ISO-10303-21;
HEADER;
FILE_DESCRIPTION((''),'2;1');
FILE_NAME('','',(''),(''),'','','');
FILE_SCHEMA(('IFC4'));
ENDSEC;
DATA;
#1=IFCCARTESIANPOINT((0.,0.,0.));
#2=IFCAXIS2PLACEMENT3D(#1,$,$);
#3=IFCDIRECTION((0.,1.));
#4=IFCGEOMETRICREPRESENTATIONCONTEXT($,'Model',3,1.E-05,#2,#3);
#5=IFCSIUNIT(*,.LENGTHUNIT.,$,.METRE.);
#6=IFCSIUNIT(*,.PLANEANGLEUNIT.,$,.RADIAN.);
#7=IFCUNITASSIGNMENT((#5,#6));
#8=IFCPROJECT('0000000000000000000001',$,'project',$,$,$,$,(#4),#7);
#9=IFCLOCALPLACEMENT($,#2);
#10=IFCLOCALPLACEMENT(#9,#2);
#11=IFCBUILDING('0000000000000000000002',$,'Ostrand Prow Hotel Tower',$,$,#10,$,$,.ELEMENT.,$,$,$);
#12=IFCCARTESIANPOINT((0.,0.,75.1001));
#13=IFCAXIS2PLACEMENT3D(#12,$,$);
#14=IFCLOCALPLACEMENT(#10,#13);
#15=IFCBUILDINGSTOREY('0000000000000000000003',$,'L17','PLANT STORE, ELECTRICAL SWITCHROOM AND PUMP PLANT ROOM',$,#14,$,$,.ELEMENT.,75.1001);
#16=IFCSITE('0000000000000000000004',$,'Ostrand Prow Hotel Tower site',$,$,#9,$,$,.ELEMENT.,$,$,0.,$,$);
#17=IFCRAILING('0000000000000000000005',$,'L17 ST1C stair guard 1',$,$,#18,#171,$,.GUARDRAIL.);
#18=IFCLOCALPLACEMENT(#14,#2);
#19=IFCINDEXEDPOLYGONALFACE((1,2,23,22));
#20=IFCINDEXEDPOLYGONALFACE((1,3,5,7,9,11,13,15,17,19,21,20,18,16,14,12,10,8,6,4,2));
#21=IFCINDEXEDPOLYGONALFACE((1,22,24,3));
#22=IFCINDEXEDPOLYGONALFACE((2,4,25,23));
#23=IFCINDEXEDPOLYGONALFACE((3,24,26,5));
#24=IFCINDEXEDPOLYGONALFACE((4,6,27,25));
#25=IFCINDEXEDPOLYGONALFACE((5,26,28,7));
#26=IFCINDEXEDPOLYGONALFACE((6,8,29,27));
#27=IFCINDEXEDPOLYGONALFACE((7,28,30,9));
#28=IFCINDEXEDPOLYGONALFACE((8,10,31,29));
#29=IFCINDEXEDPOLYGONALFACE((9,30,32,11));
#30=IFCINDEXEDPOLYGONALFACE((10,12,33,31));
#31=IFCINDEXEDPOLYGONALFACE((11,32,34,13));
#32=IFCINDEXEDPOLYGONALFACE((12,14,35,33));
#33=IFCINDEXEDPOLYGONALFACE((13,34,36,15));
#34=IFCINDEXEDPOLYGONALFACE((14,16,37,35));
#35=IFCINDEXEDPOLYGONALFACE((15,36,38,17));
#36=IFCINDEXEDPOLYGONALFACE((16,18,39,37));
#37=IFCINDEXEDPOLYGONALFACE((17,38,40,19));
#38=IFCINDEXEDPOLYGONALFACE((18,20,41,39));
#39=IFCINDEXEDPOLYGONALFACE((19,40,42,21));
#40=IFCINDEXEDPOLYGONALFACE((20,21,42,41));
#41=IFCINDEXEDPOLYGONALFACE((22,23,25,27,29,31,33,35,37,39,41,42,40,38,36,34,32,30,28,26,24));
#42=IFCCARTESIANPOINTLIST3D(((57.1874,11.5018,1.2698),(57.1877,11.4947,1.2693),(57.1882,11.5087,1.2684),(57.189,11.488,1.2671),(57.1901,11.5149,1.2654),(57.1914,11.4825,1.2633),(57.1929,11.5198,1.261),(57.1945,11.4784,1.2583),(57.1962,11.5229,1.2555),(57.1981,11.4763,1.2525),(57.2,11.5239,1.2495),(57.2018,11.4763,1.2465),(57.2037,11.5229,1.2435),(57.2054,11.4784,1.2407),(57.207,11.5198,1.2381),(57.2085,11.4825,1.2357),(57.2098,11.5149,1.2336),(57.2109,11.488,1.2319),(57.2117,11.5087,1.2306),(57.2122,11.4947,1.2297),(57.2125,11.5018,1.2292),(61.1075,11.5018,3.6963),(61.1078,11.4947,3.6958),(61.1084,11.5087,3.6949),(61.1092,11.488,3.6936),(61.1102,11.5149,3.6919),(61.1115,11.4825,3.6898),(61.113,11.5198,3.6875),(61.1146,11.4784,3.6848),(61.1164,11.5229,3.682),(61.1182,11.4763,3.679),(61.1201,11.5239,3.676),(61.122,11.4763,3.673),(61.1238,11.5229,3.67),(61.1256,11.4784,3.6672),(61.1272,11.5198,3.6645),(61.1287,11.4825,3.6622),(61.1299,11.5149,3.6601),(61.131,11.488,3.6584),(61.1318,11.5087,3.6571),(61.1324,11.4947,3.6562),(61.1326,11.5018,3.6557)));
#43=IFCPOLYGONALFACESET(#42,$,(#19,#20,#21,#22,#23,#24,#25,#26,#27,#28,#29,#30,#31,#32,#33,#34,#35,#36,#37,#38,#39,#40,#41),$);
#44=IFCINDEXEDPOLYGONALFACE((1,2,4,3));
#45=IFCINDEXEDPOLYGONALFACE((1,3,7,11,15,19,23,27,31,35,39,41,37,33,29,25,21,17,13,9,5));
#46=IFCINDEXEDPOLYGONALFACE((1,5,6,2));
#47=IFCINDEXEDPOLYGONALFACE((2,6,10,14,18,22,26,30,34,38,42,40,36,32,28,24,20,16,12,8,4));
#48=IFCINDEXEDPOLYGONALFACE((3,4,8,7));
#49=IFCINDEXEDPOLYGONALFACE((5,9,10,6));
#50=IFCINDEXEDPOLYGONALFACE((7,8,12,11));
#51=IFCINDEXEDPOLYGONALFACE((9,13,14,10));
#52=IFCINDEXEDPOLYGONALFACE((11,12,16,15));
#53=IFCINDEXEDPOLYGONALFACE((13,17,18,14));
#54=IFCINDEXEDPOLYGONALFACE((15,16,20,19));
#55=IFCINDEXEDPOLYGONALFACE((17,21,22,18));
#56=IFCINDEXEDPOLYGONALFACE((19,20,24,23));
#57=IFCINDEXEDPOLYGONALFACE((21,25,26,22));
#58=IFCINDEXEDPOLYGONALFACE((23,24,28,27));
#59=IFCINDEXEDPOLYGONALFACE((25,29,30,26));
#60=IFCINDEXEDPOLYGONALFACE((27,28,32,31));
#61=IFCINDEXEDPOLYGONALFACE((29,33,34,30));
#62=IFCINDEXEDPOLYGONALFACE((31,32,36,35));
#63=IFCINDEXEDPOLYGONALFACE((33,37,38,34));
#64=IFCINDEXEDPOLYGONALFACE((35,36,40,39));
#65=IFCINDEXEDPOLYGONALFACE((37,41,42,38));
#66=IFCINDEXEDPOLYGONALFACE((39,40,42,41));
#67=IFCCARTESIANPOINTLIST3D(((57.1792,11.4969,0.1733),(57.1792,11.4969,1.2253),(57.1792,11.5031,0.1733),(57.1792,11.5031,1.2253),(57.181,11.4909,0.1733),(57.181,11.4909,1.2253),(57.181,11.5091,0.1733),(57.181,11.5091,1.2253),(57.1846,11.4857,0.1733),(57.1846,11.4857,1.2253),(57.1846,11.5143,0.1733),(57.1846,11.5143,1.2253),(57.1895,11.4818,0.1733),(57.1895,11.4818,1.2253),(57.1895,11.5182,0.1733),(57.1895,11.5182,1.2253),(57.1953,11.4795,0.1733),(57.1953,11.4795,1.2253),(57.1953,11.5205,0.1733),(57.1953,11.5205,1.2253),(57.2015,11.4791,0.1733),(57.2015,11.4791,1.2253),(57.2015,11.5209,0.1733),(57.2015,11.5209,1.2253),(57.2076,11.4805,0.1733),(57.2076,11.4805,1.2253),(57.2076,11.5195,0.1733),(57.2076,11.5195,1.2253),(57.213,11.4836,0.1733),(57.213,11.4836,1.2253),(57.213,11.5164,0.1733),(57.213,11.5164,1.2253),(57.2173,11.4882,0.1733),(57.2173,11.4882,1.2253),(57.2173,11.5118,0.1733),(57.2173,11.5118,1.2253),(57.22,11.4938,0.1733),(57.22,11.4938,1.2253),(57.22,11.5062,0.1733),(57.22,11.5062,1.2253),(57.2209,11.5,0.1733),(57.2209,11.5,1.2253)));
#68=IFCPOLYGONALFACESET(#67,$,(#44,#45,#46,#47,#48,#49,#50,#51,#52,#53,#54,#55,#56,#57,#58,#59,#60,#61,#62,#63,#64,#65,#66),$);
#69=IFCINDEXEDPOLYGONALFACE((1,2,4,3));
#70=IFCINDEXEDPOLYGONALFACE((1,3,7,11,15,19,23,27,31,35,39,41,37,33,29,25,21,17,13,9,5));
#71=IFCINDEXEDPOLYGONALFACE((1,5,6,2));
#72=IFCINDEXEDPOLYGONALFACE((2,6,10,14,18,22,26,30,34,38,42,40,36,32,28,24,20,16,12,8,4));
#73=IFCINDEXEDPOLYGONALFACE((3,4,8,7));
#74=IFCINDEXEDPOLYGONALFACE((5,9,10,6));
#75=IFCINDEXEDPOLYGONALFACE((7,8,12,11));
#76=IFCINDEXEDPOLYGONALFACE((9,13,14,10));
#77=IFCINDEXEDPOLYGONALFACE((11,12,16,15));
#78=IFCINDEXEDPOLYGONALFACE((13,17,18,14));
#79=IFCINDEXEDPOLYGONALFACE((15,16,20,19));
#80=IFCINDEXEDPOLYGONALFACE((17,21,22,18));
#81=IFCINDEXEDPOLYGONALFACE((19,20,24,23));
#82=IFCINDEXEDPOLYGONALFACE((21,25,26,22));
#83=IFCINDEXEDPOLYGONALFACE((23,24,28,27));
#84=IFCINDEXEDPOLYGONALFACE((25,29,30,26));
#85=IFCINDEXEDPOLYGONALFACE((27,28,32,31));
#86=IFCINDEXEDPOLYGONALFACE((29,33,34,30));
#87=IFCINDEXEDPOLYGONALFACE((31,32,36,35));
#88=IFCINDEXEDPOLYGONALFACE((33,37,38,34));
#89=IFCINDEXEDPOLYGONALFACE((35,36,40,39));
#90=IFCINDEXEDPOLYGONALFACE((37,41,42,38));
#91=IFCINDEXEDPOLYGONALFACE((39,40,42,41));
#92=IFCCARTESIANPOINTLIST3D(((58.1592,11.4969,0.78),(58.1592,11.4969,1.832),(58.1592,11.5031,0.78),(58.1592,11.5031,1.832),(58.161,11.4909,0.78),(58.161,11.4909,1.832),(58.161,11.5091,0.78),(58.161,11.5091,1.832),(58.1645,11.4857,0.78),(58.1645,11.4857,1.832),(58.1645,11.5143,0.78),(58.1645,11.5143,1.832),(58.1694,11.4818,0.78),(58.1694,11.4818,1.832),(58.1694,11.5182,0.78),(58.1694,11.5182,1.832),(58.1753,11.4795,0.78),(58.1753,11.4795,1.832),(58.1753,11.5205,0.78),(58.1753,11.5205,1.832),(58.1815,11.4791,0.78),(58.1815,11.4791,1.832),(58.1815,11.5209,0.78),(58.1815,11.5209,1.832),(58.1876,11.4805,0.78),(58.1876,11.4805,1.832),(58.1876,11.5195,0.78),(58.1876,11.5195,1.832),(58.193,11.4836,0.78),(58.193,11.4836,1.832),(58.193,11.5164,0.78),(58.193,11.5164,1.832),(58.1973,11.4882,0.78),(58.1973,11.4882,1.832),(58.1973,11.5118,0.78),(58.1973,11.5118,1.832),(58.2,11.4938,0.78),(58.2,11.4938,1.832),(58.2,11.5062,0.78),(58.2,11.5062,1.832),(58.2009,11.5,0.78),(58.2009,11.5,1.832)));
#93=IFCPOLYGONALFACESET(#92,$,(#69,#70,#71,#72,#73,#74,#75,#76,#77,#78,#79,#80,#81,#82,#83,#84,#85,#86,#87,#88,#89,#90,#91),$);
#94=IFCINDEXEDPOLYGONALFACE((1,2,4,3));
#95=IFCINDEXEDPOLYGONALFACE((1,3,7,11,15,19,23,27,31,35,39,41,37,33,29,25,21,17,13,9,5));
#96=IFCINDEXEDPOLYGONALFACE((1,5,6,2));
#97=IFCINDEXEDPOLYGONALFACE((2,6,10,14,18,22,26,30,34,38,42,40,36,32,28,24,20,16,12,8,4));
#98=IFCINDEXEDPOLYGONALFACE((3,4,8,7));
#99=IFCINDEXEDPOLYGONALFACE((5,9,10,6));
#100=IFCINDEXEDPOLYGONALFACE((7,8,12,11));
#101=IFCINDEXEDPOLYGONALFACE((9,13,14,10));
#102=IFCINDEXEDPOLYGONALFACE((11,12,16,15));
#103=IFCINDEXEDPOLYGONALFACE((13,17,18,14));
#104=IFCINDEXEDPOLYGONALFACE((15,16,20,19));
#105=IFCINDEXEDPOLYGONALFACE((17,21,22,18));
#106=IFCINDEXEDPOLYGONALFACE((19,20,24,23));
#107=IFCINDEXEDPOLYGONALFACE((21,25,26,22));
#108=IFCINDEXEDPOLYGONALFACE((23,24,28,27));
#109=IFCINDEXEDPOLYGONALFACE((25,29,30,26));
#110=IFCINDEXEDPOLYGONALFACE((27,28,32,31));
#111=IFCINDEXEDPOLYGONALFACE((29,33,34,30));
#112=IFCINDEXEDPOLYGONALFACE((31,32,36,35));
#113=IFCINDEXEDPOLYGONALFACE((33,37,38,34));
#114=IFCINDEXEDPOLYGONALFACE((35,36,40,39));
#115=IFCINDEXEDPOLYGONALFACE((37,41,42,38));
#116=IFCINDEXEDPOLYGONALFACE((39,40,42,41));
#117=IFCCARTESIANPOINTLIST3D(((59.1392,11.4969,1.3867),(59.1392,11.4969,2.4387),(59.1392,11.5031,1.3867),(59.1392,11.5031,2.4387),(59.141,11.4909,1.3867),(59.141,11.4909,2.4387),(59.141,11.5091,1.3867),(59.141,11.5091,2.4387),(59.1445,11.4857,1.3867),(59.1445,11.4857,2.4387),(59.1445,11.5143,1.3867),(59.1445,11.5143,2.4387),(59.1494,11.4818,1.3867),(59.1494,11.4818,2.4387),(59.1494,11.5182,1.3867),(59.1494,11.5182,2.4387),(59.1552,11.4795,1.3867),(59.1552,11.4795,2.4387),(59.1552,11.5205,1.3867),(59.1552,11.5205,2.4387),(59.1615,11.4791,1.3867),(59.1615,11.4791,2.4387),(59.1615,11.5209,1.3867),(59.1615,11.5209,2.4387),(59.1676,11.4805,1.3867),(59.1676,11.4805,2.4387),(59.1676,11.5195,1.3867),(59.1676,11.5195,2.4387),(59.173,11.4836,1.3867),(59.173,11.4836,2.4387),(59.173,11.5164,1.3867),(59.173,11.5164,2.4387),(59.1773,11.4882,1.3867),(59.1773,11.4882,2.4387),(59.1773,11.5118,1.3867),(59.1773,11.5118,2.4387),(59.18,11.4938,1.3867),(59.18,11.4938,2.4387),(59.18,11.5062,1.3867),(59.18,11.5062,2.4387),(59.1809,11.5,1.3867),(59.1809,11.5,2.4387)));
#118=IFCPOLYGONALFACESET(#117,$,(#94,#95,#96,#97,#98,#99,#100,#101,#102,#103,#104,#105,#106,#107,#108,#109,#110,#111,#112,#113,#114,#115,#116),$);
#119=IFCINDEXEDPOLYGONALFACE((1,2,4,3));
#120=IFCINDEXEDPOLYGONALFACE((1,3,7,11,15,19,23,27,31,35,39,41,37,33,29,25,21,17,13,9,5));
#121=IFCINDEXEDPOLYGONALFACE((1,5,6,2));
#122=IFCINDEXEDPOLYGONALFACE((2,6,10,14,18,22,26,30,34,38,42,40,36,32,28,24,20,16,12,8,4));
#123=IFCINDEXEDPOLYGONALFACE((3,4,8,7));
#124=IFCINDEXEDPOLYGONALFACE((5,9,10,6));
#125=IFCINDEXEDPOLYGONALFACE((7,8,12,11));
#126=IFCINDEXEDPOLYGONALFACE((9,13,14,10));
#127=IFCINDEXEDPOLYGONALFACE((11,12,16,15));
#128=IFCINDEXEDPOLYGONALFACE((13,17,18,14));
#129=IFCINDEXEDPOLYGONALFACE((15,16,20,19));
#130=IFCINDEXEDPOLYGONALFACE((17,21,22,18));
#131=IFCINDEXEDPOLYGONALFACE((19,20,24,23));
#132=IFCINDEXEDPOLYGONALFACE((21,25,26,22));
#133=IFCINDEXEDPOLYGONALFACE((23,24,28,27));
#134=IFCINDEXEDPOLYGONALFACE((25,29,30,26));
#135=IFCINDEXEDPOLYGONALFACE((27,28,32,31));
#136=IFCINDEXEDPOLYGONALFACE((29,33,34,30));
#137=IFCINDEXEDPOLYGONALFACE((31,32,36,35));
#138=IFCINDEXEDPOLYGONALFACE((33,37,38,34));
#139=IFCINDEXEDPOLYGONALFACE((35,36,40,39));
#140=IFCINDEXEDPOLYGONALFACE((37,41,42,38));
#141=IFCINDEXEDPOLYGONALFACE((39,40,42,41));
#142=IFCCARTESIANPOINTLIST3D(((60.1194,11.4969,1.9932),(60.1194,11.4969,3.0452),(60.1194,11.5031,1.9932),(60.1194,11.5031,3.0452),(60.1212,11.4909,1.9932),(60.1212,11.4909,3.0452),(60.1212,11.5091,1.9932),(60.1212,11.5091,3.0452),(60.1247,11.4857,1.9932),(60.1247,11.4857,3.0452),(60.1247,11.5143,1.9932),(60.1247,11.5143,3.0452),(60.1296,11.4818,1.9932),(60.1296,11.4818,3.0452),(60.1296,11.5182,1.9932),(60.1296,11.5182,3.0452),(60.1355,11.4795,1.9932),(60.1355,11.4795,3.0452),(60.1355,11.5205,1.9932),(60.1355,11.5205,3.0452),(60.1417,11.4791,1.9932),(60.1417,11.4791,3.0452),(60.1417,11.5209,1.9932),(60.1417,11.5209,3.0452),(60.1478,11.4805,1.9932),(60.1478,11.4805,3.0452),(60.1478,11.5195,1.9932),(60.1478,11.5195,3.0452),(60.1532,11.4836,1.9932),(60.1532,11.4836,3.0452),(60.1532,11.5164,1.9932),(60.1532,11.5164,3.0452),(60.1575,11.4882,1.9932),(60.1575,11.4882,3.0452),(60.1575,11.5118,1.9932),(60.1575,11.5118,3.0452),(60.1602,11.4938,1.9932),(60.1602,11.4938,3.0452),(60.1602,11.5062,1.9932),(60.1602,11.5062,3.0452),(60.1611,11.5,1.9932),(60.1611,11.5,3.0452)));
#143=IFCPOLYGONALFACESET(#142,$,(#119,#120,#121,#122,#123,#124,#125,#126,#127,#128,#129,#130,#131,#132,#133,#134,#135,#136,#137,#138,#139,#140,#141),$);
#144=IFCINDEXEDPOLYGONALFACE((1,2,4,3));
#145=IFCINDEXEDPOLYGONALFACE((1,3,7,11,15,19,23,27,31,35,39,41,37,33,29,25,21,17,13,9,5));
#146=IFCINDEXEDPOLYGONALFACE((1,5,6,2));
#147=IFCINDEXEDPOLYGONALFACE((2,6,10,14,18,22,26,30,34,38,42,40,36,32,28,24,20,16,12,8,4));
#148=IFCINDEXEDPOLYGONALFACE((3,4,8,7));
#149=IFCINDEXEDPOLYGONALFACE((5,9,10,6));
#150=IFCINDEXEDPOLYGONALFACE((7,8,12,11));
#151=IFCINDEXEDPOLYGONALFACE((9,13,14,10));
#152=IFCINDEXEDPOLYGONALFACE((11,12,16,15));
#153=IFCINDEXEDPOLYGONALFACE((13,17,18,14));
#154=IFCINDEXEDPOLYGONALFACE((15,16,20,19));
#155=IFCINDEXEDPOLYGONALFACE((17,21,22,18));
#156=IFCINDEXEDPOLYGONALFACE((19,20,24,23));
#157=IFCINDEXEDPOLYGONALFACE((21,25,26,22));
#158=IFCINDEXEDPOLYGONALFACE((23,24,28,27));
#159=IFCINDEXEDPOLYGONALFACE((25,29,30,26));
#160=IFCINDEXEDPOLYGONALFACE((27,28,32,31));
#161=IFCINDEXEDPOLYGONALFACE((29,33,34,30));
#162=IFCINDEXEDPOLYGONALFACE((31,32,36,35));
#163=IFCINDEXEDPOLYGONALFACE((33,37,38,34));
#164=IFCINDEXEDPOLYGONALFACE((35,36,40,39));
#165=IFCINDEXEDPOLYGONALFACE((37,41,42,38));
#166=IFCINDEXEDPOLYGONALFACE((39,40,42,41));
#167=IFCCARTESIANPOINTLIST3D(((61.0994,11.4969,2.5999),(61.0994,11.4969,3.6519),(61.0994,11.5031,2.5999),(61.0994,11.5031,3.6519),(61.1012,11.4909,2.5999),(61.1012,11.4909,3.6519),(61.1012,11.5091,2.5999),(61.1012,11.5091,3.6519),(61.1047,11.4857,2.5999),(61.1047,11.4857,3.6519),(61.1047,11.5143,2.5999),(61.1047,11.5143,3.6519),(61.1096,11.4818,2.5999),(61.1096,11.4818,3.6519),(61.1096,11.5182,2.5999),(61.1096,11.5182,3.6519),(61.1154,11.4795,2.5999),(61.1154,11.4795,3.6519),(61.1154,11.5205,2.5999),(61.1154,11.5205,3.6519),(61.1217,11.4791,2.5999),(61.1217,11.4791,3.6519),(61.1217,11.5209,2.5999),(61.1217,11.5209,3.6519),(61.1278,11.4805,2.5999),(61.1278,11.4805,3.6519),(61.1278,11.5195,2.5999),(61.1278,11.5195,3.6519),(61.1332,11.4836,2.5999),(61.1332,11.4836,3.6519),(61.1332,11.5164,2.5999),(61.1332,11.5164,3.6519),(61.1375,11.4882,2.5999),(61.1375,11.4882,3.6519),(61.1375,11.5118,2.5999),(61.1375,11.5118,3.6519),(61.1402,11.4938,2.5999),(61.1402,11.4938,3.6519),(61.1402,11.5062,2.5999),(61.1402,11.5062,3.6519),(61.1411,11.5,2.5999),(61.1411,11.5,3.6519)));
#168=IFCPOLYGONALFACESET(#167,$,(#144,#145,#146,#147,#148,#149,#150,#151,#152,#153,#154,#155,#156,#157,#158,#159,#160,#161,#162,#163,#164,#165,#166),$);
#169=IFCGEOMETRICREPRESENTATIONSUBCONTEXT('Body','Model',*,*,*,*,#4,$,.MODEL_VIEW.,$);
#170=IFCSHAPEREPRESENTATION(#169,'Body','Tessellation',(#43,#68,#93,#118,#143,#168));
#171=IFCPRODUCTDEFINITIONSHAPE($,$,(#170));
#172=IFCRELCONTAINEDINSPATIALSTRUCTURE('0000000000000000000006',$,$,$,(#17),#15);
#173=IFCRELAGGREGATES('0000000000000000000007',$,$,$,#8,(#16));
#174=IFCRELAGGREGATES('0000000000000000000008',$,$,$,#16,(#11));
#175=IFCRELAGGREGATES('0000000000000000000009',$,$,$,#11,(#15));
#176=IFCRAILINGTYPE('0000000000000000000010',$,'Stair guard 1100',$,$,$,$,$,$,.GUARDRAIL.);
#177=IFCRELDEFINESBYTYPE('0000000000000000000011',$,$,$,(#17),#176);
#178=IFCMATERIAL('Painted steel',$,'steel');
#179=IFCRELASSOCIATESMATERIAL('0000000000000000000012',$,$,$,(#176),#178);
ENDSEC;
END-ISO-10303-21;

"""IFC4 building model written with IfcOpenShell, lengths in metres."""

from ifc_helpers import new_model, si_unit, direction, frame, origin, origin_2d, place, context, subcontext, project, spatial, circle, extrude, material, type_object, element, save


model = new_model("IFC4")

# Units and contexts
model_context = context("Model", 3, precision=1e-05, world=origin(), true_north=direction((0.0, 1.0)))
body_context = subcontext(model_context, "Body", "Model", "MODEL_VIEW")
ifc_project = project(units=[si_unit("LENGTHUNIT", "METRE"), si_unit("PLANEANGLEUNIT", "RADIAN")], contexts=[model_context])

# Site, building, storey
site_placement = place(None, origin())
site = spatial("IfcSite", under=ifc_project, at=site_placement, Name="Ostrand Prow Hotel Tower site", CompositionType="ELEMENT", RefElevation=0.0)
building_placement = place(site_placement, origin())
building = spatial("IfcBuilding", under=site, at=building_placement, Name="Ostrand Prow Hotel Tower", CompositionType="ELEMENT")
storey_placement = place(building_placement, frame((0.0, 0.0, 75.1001)))
storey = spatial("IfcBuildingStorey", under=building, at=storey_placement, Name="L17", Description="PLANT STORE, ELECTRICAL SWITCHROOM AND PUMP PLANT ROOM", CompositionType="ELEMENT", Elevation=75.1001)

# Railing
ifc_material_1 = material(Name="Painted steel", Category="steel")
railing_type_1 = type_object("IfcRailingType", Name="Stair guard 1100", PredefinedType="GUARDRAIL", material=ifc_material_1)
railing_1_placement = place(storey_placement, frame((57.2, 11.5, 0.1733)))
element("IfcRailing", 1, at=railing_1_placement, inside=storey, type_object=railing_type_1, Name="L17 ST1C stair guard 1", PredefinedType="GUARDRAIL", context=body_context, shape_type="SweptSolid", body=[
    extrude(circle(Radius=0.0239, at=origin_2d()), frame((0.0, 0.0, 1.0762), z_axis=(0.85029, 0.0, 0.526315), x_axis=(0.0, 1.0, 0.0)), (0.0, 0.0, 1.0), 4.6104),
    extrude(circle(Radius=0.021, at=origin_2d()), origin(), (0.0, 0.0, 1.0), 1.052),
    extrude(circle(Radius=0.021, at=origin_2d()), frame((0.98, 0.0, 0.6067)), (0.0, 0.0, 1.0), 1.052),
    extrude(circle(Radius=0.021, at=origin_2d()), frame((1.96, 0.0, 1.2134)), (0.0, 0.0, 1.0), 1.052),
    extrude(circle(Radius=0.021, at=origin_2d()), frame((2.9402, 0.0, 1.8198)), (0.0, 0.0, 1.0), 1.052),
    extrude(circle(Radius=0.021, at=origin_2d()), frame((3.9202, 0.0, 2.4265)), (0.0, 0.0, 1.0), 1.052),
])

save(model, "model.ifc")
